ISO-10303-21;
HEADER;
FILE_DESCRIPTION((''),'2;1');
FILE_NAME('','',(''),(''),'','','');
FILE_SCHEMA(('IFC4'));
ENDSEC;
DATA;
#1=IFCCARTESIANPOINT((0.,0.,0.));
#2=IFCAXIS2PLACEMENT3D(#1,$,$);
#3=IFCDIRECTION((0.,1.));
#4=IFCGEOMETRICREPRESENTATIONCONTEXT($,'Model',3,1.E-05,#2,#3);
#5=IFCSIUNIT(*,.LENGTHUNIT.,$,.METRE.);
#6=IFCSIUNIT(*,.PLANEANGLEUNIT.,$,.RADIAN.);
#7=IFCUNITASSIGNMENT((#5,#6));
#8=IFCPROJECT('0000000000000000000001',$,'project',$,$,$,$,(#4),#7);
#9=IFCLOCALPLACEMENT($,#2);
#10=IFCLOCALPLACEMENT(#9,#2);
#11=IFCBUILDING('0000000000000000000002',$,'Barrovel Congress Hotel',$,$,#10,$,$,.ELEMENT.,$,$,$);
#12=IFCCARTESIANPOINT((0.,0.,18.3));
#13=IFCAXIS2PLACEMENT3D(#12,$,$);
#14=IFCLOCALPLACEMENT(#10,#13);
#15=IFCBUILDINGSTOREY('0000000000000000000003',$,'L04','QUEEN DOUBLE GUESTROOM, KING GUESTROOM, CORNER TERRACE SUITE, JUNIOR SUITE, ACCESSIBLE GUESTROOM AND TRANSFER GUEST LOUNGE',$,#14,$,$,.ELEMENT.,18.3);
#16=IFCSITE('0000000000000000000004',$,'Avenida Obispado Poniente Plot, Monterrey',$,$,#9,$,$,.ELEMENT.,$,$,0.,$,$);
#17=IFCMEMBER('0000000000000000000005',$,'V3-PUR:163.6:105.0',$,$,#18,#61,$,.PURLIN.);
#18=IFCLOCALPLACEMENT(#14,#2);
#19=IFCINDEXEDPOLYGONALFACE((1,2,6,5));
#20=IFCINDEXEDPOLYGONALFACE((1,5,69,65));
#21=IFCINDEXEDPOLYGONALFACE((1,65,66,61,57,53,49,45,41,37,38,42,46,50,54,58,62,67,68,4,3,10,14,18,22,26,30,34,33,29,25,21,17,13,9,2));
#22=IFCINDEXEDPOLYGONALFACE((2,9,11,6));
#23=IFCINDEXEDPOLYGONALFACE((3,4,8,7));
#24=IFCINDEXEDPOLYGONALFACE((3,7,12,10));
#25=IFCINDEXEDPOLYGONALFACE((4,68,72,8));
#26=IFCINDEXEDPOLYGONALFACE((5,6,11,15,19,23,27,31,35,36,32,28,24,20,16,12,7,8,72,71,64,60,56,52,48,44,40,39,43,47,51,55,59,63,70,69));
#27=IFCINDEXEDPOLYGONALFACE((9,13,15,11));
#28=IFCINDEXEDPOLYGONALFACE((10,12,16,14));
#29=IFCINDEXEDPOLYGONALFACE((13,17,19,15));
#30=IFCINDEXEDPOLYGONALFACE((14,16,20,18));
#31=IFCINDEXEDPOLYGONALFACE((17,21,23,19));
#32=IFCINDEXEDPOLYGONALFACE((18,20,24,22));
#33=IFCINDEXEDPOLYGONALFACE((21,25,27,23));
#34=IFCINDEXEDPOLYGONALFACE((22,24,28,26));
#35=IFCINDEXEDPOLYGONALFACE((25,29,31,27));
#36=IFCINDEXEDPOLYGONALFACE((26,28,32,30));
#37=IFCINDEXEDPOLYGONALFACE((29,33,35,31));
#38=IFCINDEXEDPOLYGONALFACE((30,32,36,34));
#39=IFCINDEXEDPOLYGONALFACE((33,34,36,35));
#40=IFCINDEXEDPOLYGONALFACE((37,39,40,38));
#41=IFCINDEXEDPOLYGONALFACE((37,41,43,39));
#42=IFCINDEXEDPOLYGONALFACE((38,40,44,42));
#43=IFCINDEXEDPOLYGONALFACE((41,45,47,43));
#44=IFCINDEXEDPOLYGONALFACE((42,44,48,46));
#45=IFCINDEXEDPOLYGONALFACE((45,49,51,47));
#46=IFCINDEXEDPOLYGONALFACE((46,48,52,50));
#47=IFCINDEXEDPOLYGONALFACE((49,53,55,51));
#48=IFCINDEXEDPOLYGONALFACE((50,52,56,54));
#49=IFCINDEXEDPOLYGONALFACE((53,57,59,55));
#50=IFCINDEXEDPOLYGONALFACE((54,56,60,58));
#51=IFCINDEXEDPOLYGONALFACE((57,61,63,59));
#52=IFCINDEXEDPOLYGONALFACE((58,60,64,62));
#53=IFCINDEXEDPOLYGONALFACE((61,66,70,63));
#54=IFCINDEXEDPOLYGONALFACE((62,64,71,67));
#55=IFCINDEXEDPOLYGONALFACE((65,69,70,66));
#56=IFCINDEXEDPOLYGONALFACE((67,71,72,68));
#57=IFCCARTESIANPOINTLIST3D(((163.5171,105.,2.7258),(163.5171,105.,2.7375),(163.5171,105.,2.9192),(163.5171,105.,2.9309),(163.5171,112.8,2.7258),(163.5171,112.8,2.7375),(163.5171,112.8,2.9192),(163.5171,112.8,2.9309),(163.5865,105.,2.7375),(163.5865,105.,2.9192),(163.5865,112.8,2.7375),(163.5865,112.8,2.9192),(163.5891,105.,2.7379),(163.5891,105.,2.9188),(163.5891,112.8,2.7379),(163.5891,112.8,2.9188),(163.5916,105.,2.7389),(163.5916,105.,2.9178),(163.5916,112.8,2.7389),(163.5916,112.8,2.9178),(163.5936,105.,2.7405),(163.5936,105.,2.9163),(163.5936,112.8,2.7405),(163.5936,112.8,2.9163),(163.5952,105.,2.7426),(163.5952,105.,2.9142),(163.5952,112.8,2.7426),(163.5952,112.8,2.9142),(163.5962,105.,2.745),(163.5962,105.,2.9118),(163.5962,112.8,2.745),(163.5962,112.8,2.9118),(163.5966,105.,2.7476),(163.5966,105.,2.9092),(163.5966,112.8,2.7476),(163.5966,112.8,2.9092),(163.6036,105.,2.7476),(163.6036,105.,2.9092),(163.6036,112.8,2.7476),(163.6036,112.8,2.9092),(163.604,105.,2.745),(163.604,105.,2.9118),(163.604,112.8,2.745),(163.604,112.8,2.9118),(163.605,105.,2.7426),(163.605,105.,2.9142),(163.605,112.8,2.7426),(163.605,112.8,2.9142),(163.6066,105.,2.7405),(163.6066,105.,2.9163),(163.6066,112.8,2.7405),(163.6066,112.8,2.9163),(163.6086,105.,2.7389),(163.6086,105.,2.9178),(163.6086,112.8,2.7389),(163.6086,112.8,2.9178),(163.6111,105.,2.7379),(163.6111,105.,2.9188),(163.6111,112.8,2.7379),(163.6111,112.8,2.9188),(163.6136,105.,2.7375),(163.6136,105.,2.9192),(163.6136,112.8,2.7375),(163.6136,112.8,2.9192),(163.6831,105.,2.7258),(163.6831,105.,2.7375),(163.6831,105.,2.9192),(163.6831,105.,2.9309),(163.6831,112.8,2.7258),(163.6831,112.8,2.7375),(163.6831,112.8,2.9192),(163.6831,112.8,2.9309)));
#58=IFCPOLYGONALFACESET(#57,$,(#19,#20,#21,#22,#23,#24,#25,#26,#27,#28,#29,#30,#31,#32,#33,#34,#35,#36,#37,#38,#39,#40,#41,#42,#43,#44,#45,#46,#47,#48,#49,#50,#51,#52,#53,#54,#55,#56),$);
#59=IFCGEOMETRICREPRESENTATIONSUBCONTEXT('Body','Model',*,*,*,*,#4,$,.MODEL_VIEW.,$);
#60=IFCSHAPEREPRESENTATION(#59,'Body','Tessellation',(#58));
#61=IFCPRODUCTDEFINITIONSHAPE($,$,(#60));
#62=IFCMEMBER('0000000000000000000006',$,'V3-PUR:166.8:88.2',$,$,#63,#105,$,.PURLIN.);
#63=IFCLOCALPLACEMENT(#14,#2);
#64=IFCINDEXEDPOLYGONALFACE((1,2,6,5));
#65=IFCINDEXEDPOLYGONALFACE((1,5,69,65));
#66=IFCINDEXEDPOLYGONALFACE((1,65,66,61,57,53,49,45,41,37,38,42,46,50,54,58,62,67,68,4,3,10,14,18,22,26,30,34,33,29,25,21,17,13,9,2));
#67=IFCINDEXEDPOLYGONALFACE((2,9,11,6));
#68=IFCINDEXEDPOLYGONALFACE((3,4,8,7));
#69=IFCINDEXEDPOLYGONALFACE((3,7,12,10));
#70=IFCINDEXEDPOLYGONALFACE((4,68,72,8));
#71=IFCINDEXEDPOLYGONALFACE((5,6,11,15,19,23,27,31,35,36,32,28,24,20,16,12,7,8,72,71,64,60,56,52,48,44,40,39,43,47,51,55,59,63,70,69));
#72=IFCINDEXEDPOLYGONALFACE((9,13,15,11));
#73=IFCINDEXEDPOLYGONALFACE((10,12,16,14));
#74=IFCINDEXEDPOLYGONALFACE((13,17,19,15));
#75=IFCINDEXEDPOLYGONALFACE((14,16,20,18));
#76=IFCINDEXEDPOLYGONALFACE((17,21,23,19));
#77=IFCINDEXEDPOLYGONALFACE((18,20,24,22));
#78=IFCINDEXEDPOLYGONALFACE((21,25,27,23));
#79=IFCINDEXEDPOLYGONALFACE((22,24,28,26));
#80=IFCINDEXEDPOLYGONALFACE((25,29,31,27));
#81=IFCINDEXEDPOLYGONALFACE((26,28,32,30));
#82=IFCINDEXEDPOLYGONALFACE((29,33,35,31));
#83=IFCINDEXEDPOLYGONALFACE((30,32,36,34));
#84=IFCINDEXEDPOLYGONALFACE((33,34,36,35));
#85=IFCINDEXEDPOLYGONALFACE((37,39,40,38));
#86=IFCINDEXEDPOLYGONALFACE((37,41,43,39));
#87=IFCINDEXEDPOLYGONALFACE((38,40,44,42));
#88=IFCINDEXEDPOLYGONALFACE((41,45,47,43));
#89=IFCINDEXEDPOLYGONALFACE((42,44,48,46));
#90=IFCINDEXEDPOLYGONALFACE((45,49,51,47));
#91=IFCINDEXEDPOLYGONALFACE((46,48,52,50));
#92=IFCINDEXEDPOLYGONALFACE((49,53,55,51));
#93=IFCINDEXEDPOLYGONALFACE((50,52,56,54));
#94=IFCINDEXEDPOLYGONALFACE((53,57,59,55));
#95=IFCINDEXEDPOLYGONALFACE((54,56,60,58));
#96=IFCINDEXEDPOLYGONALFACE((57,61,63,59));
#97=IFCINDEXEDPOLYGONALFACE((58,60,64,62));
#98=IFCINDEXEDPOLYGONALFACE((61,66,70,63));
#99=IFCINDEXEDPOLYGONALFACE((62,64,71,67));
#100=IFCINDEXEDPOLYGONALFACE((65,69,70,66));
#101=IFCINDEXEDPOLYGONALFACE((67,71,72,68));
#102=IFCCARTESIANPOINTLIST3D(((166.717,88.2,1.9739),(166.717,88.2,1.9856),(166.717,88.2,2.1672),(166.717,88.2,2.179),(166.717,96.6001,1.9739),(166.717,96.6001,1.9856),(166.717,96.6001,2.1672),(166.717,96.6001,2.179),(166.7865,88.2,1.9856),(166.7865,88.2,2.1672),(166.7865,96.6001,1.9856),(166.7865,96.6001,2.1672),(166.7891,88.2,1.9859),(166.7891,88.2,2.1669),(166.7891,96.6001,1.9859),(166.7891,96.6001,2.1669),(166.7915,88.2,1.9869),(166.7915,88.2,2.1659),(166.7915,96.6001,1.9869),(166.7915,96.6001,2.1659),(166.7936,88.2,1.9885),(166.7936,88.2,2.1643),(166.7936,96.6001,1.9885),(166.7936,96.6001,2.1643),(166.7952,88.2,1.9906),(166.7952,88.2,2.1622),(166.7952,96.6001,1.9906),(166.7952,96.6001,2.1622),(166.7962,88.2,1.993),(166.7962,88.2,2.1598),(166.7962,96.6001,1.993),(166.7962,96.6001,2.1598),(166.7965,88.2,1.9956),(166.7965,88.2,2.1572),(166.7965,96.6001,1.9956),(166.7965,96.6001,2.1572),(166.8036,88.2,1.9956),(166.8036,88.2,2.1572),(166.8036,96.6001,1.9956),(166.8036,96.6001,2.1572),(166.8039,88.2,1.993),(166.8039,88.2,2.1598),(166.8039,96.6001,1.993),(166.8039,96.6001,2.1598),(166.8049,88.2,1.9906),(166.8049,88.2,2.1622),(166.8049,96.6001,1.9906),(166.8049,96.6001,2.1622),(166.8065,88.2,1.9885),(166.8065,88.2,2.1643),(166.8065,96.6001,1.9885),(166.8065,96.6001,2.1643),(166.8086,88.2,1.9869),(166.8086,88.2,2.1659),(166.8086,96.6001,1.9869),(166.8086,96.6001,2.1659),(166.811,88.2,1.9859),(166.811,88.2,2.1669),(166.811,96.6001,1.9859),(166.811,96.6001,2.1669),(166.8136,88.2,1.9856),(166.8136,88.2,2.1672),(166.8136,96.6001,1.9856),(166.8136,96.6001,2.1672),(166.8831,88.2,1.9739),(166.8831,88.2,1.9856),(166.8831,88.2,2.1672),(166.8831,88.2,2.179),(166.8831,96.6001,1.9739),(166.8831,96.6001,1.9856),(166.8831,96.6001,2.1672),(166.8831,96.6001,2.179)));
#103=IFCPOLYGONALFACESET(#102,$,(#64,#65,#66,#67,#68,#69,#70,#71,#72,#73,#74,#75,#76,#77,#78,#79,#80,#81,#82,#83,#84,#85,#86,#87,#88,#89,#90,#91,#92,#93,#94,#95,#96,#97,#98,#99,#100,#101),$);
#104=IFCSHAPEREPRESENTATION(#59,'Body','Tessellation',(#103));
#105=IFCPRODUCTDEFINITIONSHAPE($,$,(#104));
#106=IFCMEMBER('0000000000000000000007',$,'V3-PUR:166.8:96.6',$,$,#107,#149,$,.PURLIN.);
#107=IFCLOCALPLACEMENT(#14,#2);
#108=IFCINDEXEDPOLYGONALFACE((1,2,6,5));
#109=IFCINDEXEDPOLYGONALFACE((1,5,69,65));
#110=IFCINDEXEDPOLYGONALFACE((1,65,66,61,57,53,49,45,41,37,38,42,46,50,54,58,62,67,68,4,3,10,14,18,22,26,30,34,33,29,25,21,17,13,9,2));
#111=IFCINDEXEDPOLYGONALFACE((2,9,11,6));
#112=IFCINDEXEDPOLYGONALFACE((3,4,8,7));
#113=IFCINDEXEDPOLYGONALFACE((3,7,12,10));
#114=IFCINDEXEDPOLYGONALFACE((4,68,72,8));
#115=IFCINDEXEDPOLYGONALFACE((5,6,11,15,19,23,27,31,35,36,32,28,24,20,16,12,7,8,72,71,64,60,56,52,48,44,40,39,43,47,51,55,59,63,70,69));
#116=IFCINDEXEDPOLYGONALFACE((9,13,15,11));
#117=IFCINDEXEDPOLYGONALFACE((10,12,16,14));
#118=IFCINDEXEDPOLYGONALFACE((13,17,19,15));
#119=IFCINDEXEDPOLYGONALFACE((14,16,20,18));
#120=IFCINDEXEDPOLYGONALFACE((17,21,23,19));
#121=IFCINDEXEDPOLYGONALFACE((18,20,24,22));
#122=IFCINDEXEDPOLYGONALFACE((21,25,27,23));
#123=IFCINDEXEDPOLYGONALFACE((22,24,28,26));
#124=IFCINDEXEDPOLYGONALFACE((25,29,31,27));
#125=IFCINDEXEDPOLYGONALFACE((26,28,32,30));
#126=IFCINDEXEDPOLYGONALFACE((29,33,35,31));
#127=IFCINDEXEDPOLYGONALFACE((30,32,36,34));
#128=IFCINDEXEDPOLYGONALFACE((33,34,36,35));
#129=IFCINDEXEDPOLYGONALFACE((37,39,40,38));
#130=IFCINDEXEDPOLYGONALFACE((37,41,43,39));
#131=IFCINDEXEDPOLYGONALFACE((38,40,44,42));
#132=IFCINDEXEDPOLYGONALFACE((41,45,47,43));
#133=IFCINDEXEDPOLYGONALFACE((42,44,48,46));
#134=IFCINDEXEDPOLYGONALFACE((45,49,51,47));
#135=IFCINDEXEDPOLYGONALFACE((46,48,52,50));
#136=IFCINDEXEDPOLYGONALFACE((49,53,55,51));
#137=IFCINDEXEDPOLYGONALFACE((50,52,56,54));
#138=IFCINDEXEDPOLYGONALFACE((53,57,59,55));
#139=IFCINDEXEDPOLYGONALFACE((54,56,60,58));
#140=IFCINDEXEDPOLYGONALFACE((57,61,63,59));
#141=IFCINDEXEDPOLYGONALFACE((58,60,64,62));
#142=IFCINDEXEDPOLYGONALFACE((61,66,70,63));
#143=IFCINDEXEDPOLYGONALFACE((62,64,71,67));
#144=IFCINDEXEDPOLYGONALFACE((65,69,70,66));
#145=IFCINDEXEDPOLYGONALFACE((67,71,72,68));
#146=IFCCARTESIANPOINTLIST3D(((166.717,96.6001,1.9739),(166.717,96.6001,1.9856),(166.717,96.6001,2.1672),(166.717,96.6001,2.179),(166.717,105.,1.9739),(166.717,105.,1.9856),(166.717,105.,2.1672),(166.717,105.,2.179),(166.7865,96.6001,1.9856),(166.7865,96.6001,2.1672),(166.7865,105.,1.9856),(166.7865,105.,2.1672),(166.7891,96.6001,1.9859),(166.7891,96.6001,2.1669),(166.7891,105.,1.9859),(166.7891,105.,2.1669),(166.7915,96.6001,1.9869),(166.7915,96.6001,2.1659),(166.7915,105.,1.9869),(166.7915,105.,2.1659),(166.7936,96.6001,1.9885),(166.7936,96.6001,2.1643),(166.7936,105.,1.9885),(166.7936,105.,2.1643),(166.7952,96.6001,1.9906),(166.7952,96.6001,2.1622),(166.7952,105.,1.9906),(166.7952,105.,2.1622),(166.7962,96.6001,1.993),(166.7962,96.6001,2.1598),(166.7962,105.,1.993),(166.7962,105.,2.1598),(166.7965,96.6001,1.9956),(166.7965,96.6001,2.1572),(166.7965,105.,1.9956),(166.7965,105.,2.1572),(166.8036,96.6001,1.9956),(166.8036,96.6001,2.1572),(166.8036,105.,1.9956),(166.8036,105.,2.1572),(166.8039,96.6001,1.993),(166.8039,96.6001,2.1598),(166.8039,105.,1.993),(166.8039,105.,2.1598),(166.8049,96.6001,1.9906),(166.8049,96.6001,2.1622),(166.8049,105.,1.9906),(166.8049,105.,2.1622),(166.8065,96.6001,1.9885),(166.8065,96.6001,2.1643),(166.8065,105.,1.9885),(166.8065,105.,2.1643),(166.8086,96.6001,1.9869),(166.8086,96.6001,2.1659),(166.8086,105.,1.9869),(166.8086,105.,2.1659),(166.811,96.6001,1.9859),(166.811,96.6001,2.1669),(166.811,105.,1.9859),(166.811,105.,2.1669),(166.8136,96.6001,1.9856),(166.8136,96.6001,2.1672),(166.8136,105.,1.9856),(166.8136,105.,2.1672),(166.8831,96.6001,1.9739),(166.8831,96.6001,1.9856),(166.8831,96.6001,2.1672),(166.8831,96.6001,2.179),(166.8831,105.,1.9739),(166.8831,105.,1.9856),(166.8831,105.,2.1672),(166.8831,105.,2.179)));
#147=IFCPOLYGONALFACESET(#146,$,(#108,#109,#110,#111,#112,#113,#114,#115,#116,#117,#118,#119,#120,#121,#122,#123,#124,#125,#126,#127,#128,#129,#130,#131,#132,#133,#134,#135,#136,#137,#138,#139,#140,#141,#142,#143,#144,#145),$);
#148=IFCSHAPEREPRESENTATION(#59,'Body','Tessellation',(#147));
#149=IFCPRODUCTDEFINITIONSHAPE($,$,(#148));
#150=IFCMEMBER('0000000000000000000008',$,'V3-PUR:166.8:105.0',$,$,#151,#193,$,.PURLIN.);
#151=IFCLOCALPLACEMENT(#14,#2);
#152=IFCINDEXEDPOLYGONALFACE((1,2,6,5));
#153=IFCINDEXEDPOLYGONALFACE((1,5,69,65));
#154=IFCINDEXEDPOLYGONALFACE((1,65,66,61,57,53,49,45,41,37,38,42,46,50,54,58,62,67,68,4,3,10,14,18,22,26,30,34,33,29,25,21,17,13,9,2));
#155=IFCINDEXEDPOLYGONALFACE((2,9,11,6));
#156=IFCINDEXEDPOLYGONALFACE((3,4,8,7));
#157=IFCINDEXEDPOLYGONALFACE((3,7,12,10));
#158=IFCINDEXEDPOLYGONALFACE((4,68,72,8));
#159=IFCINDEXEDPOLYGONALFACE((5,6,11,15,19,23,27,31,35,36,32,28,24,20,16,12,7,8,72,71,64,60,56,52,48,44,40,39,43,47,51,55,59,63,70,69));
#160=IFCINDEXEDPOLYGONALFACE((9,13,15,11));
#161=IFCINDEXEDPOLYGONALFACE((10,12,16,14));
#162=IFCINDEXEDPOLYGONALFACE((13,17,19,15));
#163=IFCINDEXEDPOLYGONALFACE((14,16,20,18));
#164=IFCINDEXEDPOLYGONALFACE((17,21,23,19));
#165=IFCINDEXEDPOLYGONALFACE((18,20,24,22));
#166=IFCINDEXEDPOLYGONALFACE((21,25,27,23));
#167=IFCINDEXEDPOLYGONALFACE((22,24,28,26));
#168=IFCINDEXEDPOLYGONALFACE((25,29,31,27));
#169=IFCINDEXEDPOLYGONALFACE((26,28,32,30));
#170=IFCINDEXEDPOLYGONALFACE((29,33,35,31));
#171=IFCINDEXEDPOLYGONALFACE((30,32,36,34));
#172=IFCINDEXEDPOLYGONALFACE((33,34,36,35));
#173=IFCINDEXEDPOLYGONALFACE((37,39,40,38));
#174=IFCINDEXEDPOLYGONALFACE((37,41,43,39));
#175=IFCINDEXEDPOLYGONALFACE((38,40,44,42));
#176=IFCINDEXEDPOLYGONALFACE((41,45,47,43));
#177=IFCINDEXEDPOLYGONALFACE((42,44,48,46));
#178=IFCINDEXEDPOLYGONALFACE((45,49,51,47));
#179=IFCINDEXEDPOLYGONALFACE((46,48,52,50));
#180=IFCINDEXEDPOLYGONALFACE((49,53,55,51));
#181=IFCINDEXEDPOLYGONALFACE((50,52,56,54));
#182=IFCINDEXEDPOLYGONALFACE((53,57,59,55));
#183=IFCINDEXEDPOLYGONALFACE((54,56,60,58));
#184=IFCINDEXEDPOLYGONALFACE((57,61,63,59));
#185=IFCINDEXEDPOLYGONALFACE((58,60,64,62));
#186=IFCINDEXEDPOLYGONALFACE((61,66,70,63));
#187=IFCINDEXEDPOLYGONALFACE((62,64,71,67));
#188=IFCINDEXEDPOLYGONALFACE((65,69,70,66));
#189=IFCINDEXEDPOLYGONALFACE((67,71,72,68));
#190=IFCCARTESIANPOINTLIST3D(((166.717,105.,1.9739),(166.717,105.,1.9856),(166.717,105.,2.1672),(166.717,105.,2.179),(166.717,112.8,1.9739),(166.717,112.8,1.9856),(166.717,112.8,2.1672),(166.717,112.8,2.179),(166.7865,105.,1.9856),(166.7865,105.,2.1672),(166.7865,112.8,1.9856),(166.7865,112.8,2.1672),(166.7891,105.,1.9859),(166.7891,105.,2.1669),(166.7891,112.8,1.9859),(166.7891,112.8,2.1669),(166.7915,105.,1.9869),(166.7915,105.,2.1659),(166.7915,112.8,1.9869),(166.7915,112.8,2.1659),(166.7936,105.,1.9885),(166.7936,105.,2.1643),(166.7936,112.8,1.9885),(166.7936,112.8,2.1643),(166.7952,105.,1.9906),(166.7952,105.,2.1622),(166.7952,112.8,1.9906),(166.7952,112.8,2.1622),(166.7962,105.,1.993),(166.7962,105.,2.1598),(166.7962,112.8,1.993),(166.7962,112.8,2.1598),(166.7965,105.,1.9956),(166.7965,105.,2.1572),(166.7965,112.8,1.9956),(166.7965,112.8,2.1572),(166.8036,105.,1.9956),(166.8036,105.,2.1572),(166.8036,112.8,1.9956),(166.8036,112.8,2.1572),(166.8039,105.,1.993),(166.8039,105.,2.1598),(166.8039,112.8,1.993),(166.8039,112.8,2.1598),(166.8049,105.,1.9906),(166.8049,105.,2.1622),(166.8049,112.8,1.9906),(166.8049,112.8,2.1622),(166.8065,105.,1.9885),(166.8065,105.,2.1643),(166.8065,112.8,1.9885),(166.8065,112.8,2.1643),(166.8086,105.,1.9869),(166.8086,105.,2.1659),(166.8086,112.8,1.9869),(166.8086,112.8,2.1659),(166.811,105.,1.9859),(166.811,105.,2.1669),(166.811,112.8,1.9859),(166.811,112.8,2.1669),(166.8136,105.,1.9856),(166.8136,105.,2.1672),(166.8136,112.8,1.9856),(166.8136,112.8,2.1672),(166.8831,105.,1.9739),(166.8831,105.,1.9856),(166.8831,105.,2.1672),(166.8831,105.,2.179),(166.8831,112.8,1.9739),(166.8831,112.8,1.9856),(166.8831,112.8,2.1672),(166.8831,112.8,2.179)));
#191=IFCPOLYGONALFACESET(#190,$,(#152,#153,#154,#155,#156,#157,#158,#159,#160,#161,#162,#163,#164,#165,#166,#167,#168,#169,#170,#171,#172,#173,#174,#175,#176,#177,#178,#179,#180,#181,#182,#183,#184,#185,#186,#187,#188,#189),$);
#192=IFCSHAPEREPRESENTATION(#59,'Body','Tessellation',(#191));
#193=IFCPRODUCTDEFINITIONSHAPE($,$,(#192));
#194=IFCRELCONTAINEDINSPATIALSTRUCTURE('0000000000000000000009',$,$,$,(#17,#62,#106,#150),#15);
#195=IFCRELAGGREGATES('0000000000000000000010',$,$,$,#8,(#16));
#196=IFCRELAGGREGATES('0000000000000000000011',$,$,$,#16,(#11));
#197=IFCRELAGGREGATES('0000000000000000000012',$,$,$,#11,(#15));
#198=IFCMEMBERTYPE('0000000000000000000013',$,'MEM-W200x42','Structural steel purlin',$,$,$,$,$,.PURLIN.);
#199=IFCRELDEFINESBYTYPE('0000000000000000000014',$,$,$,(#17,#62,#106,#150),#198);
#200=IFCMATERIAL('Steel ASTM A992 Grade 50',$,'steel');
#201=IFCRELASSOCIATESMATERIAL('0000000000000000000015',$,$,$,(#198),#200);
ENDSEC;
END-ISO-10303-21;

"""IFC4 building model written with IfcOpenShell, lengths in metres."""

from ifc_helpers import new_model, si_unit, direction, frame, origin, origin_2d, place, context, subcontext, project, spatial, i_section, extrude, material, material_profile, profile_set, type_object, element, save


model = new_model("IFC4")

# Units and contexts
model_context = context("Model", 3, precision=1e-05, world=origin(), true_north=direction((0.0, 1.0)))
body_context = subcontext(model_context, "Body", "Model", "MODEL_VIEW")
ifc_project = project(units=[si_unit("LENGTHUNIT", "METRE"), si_unit("PLANEANGLEUNIT", "RADIAN")], contexts=[model_context])

# Site, building, storey
site_placement = place(None, origin())
site = spatial("IfcSite", under=ifc_project, at=site_placement, Name="Avenida Obispado Poniente Plot, Monterrey", CompositionType="ELEMENT", RefElevation=0.0)
building_placement = place(site_placement, origin())
building = spatial("IfcBuilding", under=site, at=building_placement, Name="Barrovel Congress Hotel", CompositionType="ELEMENT")
storey_placement = place(building_placement, frame((0.0, 0.0, 18.3)))
storey = spatial("IfcBuildingStorey", under=building, at=storey_placement, Name="L04", Description="QUEEN DOUBLE GUESTROOM, KING GUESTROOM, CORNER TERRACE SUITE, JUNIOR SUITE, ACCESSIBLE GUESTROOM AND TRANSFER GUEST LOUNGE", CompositionType="ELEMENT", Elevation=18.3)

# Members
ifc_material_1 = material(Name="Steel ASTM A992 Grade 50", Category="steel")
ifc_material_profile_1 = material_profile(ifc_material_1, i_section(OverallWidth=0.166, OverallDepth=0.2051, WebThickness=0.0071, FlangeThickness=0.0117, FilletRadius=0.01, at=origin_2d()), Name="W200x42")
ifc_profile_set_1 = profile_set([ifc_material_profile_1], Name="Steel ASTM A992 Grade 50")
member_type_1 = type_object("IfcMemberType", Name="MEM-W200x42", Description="Structural steel purlin", PredefinedType="PURLIN", material=ifc_profile_set_1)
member_1_placement = place(storey_placement, frame((163.6001, 105.0, 2.8284), z_axis=(0.0, 1.0, 0.0), x_axis=(-1.0, 0.0, 0.0)))
element("IfcMember", 1, at=member_1_placement, inside=storey, type_object=member_type_1, Name="V3-PUR:163.6:105.0", PredefinedType="PURLIN", context=body_context, shape_type="SweptSolid", body=[
    extrude(i_section(OverallWidth=0.166, OverallDepth=0.2051, WebThickness=0.0071, FlangeThickness=0.0117, FilletRadius=0.01, at=origin_2d()), origin(), (0.0, 0.0, 1.0), 7.8),
])
member_2_placement = place(storey_placement, frame((166.8, 88.2, 2.0764), z_axis=(0.0, 1.0, 0.0), x_axis=(-1.0, 0.0, 0.0)))
element("IfcMember", 2, at=member_2_placement, inside=storey, type_object=member_type_1, Name="V3-PUR:166.8:88.2", PredefinedType="PURLIN", context=body_context, shape_type="SweptSolid", body=[
    extrude(i_section(OverallWidth=0.166, OverallDepth=0.2051, WebThickness=0.0071, FlangeThickness=0.0117, FilletRadius=0.01, at=origin_2d()), origin(), (0.0, 0.0, 1.0), 8.4001),
])
member_3_placement = place(storey_placement, frame((166.8, 96.6001, 2.0764), z_axis=(0.0, 1.0, 0.0), x_axis=(-1.0, 0.0, 0.0)))
element("IfcMember", 3, at=member_3_placement, inside=storey, type_object=member_type_1, Name="V3-PUR:166.8:96.6", PredefinedType="PURLIN", context=body_context, shape_type="SweptSolid", body=[
    extrude(i_section(OverallWidth=0.166, OverallDepth=0.2051, WebThickness=0.0071, FlangeThickness=0.0117, FilletRadius=0.01, at=origin_2d()), origin(), (0.0, 0.0, 1.0), 8.3999),
])
member_4_placement = place(storey_placement, frame((166.8, 105.0, 2.0764), z_axis=(0.0, 1.0, 0.0), x_axis=(-1.0, 0.0, 0.0)))
element("IfcMember", 4, at=member_4_placement, inside=storey, type_object=member_type_1, Name="V3-PUR:166.8:105.0", PredefinedType="PURLIN", context=body_context, shape_type="SweptSolid", body=[
    extrude(i_section(OverallWidth=0.166, OverallDepth=0.2051, WebThickness=0.0071, FlangeThickness=0.0117, FilletRadius=0.01, at=origin_2d()), origin(), (0.0, 0.0, 1.0), 7.8),
])

save(model, "model.ifc")
